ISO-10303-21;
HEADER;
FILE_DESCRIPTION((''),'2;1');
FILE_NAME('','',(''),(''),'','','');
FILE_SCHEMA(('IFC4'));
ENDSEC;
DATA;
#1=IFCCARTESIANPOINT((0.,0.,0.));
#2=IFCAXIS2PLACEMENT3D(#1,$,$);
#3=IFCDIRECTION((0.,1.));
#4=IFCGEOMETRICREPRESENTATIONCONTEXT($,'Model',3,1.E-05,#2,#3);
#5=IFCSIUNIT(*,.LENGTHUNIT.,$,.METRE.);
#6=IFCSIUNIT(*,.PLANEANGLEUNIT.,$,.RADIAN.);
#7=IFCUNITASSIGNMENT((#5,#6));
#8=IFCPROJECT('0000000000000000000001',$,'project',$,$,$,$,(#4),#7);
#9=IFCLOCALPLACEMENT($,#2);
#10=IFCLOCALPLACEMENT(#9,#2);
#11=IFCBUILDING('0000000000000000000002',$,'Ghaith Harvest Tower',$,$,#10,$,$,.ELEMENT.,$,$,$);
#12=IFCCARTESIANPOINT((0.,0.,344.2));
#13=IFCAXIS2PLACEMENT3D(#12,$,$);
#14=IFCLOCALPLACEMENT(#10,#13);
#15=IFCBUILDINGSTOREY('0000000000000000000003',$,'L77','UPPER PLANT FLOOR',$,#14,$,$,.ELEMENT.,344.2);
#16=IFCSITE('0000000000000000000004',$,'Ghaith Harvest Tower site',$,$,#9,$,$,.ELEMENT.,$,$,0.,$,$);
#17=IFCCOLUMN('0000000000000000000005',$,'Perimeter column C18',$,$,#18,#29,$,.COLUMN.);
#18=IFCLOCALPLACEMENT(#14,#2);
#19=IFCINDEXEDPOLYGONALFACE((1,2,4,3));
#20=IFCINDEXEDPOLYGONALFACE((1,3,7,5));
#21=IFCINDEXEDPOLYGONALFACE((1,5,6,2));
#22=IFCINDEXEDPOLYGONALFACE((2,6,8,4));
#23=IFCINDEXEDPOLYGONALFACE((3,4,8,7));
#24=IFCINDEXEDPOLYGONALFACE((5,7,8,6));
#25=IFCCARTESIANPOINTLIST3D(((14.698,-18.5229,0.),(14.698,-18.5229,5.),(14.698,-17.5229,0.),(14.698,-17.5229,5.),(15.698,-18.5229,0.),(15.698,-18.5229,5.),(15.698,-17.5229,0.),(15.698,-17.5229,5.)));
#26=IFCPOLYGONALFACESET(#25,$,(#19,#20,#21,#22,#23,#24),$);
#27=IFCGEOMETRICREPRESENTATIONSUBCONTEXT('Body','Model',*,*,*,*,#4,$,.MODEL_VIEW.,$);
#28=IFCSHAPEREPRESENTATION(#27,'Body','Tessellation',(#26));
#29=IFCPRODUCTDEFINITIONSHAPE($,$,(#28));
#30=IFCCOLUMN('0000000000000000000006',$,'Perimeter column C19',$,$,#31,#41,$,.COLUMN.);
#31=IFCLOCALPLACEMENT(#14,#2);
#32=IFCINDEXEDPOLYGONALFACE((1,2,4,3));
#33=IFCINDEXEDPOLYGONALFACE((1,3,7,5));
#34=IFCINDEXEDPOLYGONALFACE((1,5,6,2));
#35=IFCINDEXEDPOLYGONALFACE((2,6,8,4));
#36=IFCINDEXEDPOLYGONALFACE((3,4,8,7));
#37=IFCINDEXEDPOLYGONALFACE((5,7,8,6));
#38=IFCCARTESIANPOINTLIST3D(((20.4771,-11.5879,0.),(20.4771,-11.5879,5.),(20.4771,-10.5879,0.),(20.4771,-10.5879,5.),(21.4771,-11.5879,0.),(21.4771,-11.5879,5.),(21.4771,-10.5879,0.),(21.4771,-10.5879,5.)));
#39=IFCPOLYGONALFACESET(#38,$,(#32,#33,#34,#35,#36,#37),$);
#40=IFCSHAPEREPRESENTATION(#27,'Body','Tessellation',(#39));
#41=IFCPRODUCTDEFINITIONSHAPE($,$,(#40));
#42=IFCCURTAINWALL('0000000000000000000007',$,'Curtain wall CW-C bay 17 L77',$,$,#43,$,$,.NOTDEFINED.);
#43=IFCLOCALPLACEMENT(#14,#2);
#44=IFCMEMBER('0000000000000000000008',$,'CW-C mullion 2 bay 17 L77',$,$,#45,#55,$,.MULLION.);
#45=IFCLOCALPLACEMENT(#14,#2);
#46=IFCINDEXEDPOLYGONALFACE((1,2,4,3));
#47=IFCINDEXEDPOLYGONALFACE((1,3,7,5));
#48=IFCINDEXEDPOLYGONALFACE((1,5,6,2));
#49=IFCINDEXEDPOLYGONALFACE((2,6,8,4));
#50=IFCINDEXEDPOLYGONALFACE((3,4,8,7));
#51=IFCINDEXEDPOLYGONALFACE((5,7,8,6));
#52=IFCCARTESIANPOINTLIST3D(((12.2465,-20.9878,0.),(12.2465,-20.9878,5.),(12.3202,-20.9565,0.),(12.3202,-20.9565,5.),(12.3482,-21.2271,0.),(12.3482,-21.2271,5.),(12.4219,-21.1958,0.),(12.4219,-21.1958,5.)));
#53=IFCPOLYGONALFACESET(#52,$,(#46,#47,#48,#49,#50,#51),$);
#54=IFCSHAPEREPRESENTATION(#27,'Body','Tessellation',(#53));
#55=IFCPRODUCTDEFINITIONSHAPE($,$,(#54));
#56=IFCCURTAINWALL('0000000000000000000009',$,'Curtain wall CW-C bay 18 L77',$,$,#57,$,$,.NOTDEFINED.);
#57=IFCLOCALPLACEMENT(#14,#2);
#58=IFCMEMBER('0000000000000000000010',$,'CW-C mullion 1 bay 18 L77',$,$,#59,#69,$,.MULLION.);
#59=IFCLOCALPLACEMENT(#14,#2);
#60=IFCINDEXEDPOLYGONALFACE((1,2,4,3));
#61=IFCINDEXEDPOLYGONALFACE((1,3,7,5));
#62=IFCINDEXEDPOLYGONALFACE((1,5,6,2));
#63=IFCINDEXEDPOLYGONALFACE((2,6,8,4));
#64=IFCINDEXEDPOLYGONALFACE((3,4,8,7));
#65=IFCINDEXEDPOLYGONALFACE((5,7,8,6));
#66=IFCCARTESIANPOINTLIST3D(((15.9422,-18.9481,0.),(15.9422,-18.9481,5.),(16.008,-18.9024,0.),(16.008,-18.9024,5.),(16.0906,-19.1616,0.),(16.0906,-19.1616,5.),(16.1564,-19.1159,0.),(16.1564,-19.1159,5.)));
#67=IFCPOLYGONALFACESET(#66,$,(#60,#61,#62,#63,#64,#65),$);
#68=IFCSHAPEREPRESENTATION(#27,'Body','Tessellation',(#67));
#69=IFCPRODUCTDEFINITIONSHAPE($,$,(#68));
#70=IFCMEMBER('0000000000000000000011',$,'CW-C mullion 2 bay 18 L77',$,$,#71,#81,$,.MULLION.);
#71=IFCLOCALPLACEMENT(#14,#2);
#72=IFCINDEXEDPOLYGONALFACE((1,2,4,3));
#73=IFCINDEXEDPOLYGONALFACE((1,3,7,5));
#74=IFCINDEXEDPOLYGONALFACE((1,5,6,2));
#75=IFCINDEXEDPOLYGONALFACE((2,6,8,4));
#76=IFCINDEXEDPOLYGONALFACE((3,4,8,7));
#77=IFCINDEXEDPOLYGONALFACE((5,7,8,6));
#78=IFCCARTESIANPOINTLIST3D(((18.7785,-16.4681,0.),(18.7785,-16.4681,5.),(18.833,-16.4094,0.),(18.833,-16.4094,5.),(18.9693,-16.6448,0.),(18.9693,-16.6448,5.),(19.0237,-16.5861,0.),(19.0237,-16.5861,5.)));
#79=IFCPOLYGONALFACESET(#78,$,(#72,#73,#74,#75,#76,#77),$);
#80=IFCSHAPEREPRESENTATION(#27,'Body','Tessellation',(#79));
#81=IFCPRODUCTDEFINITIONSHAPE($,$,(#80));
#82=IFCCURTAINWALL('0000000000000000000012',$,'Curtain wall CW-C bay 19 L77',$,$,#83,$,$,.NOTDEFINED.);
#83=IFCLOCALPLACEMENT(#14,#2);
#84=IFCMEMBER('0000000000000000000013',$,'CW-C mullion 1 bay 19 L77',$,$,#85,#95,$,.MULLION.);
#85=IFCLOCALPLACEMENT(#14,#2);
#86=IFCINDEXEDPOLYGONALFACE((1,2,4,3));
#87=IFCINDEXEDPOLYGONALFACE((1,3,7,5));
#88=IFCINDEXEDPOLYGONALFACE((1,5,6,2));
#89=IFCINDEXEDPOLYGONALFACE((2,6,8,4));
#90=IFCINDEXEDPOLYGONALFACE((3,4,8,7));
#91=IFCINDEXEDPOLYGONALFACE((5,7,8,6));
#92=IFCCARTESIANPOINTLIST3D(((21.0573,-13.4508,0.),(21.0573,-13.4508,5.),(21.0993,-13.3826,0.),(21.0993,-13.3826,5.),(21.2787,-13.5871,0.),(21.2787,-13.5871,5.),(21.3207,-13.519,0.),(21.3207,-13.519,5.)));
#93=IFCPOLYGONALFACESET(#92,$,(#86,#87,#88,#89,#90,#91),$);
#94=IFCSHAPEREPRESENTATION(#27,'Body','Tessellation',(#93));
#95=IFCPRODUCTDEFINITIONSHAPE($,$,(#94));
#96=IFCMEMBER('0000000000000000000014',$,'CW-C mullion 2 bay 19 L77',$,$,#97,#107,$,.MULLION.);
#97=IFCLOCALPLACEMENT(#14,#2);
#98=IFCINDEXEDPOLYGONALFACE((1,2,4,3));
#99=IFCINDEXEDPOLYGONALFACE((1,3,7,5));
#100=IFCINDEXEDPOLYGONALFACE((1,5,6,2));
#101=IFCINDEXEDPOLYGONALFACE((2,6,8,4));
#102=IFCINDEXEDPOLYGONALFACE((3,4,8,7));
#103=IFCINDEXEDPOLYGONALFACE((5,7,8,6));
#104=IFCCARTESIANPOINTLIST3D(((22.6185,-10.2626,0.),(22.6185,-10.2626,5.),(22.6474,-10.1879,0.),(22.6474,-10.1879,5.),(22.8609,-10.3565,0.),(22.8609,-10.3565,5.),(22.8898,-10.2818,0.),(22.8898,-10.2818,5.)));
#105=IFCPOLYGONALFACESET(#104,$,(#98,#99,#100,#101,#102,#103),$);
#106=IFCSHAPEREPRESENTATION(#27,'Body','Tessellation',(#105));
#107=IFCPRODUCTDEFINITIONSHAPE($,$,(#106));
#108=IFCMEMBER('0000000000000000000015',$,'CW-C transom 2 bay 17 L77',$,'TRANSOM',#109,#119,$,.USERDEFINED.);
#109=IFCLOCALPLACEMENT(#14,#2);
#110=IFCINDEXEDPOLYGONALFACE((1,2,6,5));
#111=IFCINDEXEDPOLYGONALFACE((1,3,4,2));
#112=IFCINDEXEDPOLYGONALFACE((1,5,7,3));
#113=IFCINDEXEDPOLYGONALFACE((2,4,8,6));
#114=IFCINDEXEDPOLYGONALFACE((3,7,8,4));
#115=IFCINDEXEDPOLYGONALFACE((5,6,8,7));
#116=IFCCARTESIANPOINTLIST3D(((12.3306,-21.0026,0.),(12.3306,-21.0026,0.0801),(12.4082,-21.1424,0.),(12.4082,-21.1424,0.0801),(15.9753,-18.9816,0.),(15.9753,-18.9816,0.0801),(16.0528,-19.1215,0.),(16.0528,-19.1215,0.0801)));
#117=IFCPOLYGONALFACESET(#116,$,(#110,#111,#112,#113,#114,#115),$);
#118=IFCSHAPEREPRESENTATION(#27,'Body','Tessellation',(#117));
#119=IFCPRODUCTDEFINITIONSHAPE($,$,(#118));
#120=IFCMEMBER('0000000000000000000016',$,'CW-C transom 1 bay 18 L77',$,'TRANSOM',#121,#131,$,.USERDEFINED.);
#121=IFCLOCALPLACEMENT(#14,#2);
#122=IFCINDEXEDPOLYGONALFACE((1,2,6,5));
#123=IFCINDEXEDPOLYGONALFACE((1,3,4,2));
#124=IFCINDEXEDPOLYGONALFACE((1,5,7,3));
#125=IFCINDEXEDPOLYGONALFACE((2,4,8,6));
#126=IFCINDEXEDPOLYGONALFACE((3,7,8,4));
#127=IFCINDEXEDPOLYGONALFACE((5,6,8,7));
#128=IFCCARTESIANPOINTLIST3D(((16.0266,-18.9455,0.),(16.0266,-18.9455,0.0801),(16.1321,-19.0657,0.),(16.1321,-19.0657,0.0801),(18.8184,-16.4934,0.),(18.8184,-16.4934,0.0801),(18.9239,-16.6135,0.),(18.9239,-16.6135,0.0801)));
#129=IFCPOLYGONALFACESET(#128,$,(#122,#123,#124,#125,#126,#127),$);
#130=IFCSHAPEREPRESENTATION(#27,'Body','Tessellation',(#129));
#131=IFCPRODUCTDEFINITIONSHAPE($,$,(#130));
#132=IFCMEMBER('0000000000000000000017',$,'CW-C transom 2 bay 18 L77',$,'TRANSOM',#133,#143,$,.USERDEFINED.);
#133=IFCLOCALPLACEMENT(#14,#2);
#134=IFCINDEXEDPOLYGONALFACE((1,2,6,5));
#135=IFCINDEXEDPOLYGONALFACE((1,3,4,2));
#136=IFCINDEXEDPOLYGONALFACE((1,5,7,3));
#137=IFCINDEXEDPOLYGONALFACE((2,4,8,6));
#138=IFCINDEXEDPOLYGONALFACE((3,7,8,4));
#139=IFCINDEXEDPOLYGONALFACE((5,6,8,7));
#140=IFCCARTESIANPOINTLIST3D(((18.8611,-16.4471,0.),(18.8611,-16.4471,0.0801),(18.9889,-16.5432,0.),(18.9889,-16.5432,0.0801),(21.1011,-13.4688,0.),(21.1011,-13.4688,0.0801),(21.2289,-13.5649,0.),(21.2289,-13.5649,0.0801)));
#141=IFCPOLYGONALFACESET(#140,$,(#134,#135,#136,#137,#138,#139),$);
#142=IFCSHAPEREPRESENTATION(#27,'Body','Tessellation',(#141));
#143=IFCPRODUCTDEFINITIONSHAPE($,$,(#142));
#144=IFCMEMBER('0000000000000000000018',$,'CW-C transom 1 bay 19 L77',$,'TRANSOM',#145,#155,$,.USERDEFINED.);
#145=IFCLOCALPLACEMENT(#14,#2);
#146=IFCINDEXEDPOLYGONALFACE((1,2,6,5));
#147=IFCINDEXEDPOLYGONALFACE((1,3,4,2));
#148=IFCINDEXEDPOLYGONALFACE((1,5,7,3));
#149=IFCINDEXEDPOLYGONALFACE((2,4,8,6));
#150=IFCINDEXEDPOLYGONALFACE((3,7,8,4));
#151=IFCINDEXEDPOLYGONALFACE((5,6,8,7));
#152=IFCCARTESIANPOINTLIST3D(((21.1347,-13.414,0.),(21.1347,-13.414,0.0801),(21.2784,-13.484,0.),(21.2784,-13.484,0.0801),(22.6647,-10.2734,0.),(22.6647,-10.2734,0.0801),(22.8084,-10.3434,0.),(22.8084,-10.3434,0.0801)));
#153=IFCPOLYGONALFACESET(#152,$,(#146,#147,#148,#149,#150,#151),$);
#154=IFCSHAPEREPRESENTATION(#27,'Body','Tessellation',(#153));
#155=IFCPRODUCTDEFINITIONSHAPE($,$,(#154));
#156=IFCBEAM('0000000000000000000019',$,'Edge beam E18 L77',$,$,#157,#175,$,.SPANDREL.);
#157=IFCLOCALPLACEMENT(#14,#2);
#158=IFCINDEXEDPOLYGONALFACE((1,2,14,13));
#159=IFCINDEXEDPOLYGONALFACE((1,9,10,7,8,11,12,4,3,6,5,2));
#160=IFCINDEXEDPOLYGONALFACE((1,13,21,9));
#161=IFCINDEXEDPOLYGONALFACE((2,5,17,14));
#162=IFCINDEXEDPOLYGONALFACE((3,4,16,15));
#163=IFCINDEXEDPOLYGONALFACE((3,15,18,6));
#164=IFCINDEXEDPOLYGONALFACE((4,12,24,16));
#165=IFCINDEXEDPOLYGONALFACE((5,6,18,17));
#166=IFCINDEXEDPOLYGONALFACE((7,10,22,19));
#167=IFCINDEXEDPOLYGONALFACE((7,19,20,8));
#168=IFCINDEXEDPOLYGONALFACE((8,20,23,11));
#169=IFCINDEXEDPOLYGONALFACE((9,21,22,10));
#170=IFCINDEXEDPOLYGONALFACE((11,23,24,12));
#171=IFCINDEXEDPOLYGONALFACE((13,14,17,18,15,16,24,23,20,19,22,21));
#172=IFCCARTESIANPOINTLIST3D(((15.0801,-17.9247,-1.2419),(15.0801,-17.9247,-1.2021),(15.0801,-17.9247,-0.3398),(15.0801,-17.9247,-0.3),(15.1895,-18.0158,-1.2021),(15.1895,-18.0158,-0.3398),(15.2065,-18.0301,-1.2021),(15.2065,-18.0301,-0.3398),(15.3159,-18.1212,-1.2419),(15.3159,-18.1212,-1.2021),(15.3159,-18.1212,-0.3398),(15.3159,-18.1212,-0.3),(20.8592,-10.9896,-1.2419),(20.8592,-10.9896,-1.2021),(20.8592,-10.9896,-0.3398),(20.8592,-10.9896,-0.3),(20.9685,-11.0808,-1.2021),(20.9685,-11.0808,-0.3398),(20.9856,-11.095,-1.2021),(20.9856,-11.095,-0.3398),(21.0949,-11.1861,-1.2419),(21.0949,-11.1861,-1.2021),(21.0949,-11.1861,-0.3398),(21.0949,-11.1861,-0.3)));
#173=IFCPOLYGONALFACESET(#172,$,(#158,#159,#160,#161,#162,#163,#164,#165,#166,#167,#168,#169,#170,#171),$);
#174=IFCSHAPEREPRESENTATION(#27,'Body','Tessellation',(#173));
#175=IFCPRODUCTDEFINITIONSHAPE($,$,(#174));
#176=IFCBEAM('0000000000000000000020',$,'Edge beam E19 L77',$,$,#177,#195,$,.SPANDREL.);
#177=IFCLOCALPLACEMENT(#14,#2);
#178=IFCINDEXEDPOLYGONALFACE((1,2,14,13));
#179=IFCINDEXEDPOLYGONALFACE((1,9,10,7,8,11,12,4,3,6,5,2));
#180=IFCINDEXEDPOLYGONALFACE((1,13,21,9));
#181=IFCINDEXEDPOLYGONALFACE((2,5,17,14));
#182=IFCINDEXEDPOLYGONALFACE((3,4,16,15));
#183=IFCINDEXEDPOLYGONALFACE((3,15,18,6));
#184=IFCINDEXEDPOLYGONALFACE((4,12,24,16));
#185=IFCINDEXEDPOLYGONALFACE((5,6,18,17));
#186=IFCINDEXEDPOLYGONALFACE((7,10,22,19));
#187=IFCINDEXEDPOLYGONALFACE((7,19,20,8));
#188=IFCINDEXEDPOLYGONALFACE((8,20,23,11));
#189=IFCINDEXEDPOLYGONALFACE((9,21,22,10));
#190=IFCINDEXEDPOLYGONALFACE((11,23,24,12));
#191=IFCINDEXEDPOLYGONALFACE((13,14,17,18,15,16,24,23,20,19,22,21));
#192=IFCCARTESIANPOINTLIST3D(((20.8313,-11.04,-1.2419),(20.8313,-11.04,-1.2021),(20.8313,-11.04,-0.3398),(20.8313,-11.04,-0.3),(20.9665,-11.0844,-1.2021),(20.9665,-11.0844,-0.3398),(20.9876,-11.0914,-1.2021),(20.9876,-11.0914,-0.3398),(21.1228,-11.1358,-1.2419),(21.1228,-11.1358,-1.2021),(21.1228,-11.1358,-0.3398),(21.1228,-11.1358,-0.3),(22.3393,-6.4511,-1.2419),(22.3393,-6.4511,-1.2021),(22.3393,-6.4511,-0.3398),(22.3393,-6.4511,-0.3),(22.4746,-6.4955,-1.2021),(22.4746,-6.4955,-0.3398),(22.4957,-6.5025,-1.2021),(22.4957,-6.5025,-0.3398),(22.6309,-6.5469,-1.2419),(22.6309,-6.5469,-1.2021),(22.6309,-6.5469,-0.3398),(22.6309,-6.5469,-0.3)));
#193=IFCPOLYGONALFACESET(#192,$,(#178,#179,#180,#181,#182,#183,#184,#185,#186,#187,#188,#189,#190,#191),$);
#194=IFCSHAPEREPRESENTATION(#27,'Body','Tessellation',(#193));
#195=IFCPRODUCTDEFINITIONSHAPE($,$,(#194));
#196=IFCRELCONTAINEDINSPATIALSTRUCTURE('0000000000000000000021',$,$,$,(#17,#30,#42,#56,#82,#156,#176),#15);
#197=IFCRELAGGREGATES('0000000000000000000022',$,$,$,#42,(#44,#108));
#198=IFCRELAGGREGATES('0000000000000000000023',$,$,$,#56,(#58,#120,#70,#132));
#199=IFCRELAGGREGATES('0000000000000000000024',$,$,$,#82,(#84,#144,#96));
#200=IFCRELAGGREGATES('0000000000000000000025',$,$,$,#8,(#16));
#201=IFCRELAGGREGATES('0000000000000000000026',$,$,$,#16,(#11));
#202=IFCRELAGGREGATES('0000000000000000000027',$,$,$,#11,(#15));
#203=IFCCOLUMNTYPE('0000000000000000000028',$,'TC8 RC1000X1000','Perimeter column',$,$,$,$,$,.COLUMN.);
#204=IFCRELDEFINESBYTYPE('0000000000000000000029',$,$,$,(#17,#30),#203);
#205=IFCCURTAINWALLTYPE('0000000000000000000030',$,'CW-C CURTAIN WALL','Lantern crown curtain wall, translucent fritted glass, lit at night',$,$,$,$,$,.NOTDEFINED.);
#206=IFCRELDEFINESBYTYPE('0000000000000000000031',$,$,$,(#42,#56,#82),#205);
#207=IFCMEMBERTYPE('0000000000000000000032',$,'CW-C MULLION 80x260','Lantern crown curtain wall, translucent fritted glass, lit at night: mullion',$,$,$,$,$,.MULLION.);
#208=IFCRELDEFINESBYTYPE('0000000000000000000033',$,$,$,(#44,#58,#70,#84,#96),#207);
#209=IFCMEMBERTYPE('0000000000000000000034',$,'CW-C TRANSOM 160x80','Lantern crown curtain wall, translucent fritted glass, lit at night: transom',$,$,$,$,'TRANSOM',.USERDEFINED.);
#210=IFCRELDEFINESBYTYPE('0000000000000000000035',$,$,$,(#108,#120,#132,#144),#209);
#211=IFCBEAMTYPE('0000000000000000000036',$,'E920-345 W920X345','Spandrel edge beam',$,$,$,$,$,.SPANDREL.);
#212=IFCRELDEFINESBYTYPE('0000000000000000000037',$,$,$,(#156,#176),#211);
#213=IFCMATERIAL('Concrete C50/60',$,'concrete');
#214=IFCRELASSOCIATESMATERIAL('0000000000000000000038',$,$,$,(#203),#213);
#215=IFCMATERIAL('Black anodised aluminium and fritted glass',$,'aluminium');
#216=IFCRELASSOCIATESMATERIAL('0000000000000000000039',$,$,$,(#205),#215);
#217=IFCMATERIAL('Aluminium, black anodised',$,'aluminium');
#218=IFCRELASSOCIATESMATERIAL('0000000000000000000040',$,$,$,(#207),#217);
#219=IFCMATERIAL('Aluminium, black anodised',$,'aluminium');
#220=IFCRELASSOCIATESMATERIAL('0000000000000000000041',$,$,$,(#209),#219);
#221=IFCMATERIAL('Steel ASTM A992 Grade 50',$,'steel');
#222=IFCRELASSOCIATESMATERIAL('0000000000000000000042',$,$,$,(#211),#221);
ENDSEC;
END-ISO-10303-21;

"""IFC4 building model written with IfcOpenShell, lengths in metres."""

from ifc_helpers import new_model, si_unit, direction, frame, origin, origin_2d, place, context, subcontext, project, spatial, rectangle, i_section, extrude, material, material_profile, profile_set, type_object, element, aggregate, save


model = new_model("IFC4")

# Units and contexts
model_context = context("Model", 3, precision=1e-05, world=origin(), true_north=direction((0.0, 1.0)))
body_context = subcontext(model_context, "Body", "Model", "MODEL_VIEW")
ifc_project = project(units=[si_unit("LENGTHUNIT", "METRE"), si_unit("PLANEANGLEUNIT", "RADIAN")], contexts=[model_context])

# Site, building, storey
site_placement = place(None, origin())
site = spatial("IfcSite", under=ifc_project, at=site_placement, Name="Ghaith Harvest Tower site", CompositionType="ELEMENT", RefElevation=0.0)
building_placement = place(site_placement, origin())
building = spatial("IfcBuilding", under=site, at=building_placement, Name="Ghaith Harvest Tower", CompositionType="ELEMENT")
storey_placement = place(building_placement, frame((0.0, 0.0, 344.2)))
storey = spatial("IfcBuildingStorey", under=building, at=storey_placement, Name="L77", Description="UPPER PLANT FLOOR", CompositionType="ELEMENT", Elevation=344.2)

# Columns
ifc_material_1 = material(Name="Concrete C50/60", Category="concrete")
ifc_material_profile_1 = material_profile(ifc_material_1, rectangle(XDim=1.0, YDim=1.0, at=origin_2d()), Name="RC1000X1000")
ifc_profile_set_1 = profile_set([ifc_material_profile_1], Name="Concrete C50/60")
column_type = type_object("IfcColumnType", Name="TC8 RC1000X1000", Description="Perimeter column", PredefinedType="COLUMN", material=ifc_profile_set_1)
for number, where, z_axis, x_axis, name in (
    (1, (15.198, -18.0229, 0.0), (0.0, 0.0, 1.0), (1.0, 0.0, 0.0), "Perimeter column C18"),
    (2, (20.9771, -11.0879, 0.0), (0.0, 0.0, 1.0), (1.0, 0.0, 0.0), "Perimeter column C19"),
):
    element("IfcColumn", number, at=place(storey_placement, frame(where, z_axis=z_axis, x_axis=x_axis)), inside=storey, type_object=column_type, Name=name, PredefinedType="COLUMN", context=body_context, shape_type="SweptSolid", body=[
        extrude(rectangle(XDim=1.0, YDim=1.0, at=origin_2d()), origin(), (0.0, 0.0, 1.0), 5.0),
    ])

# Curtain wall, member
ifc_material_2 = material(Name="Black anodised aluminium and fritted glass", Category="aluminium")
curtain_wall_type = type_object("IfcCurtainWallType", Name="CW-C CURTAIN WALL", Description="Lantern crown curtain wall, translucent fritted glass, lit at night", PredefinedType="NOTDEFINED", material=ifc_material_2)
curtain_wall_1_placement = place(storey_placement, origin())
curtain_wall_1 = element("IfcCurtainWall", 3, at=curtain_wall_1_placement, inside=storey, type_object=curtain_wall_type, Name="Curtain wall CW-C bay 17 L77", PredefinedType="NOTDEFINED")
ifc_material_3 = material(Name="Aluminium, black anodised", Category="aluminium")
ifc_material_profile_2 = material_profile(ifc_material_3, rectangle(XDim=0.0801, YDim=0.26, at=origin_2d()), Name="CW-C MULLION 80x260")
ifc_profile_set_2 = profile_set([ifc_material_profile_2], Name="Aluminium, black anodised")
member_type_1 = type_object("IfcMemberType", Name="CW-C MULLION 80x260", Description="Lantern crown curtain wall, translucent fritted glass, lit at night: mullion", PredefinedType="MULLION", material=ifc_profile_set_2)
member_1_placement = place(storey_placement, frame((12.3342, -21.0918, 0.0), z_axis=(0.0, 0.0, 1.0), x_axis=(0.920319, 0.391168, 0.0)))
member_1 = element("IfcMember", 4, at=member_1_placement, type_object=member_type_1, Name="CW-C mullion 2 bay 17 L77", PredefinedType="MULLION", context=body_context, shape_type="SweptSolid", body=[
    extrude(rectangle(XDim=0.0801, YDim=0.26, at=origin_2d()), origin(), (0.0, 0.0, 1.0), 5.0),
])

# Curtain walls, members
curtain_wall_2_placement = place(storey_placement, origin())
curtain_wall_2 = element("IfcCurtainWall", 5, at=curtain_wall_2_placement, inside=storey, type_object=curtain_wall_type, Name="Curtain wall CW-C bay 18 L77", PredefinedType="NOTDEFINED")
member_2_placement = place(storey_placement, frame((16.0493, -19.032, 0.0), z_axis=(0.0, 0.0, 1.0), x_axis=(0.821112, 0.570767, 0.0)))
member_2 = element("IfcMember", 6, at=member_2_placement, type_object=member_type_1, Name="CW-C mullion 1 bay 18 L77", PredefinedType="MULLION", context=body_context, shape_type="SweptSolid", body=[
    extrude(rectangle(XDim=0.0801, YDim=0.26, at=origin_2d()), origin(), (0.0, 0.0, 1.0), 5.0),
])
member_3_placement = place(storey_placement, frame((18.9011, -16.5271, 0.0), z_axis=(0.0, 0.0, 1.0), x_axis=(0.679661, 0.733526, 0.0)))
member_3 = element("IfcMember", 7, at=member_3_placement, type_object=member_type_1, Name="CW-C mullion 2 bay 18 L77", PredefinedType="MULLION", context=body_context, shape_type="SweptSolid", body=[
    extrude(rectangle(XDim=0.0801, YDim=0.26, at=origin_2d()), origin(), (0.0, 0.0, 1.0), 5.0),
])
curtain_wall_3_placement = place(storey_placement, origin())
curtain_wall_3 = element("IfcCurtainWall", 8, at=curtain_wall_3_placement, inside=storey, type_object=curtain_wall_type, Name="Curtain wall CW-C bay 19 L77", PredefinedType="NOTDEFINED")
member_4_placement = place(storey_placement, frame((21.189, -13.4849, 0.0), z_axis=(0.0, 0.0, 1.0), x_axis=(0.524482, 0.851421, 0.0)))
member_4 = element("IfcMember", 9, at=member_4_placement, type_object=member_type_1, Name="CW-C mullion 1 bay 19 L77", PredefinedType="MULLION", context=body_context, shape_type="SweptSolid", body=[
    extrude(rectangle(XDim=0.0801, YDim=0.26, at=origin_2d()), origin(), (0.0, 0.0, 1.0), 5.0),
])
member_5_placement = place(storey_placement, frame((22.7542, -10.2722, 0.0), z_axis=(0.0, 0.0, 1.0), x_axis=(0.361184, 0.932494, 0.0)))
member_5 = element("IfcMember", 10, at=member_5_placement, type_object=member_type_1, Name="CW-C mullion 2 bay 19 L77", PredefinedType="MULLION", context=body_context, shape_type="SweptSolid", body=[
    extrude(rectangle(XDim=0.0801, YDim=0.26, at=origin_2d()), origin(), (0.0, 0.0, 1.0), 5.0),
])

# Members
ifc_material_4 = material(Name="Aluminium, black anodised", Category="aluminium")
ifc_material_profile_3 = material_profile(ifc_material_4, rectangle(XDim=0.1599, YDim=0.0801, at=origin_2d()), Name="CW-C TRANSOM 160x80")
ifc_profile_set_3 = profile_set([ifc_material_profile_3], Name="Aluminium, black anodised")
member_type_2 = type_object("IfcMemberType", Name="CW-C TRANSOM 160x80", Description="Lantern crown curtain wall, translucent fritted glass, lit at night: transom", ElementType="TRANSOM", PredefinedType="USERDEFINED", material=ifc_profile_set_3)
member_6_placement = place(storey_placement, frame((12.3694, -21.0725, 0.04), z_axis=(0.874552, 0.484932, 0.0), x_axis=(-0.484932, 0.874552, 0.0)))
member_6 = element("IfcMember", 11, at=member_6_placement, type_object=member_type_2, Name="CW-C transom 2 bay 17 L77", ObjectType="TRANSOM", PredefinedType="USERDEFINED", context=body_context, shape_type="SweptSolid", body=[
    extrude(rectangle(XDim=0.1599, YDim=0.0801, at=origin_2d()), origin(), (0.0, 0.0, 1.0), 4.1675),
])
member_7_placement = place(storey_placement, frame((16.0793, -19.0056, 0.04), z_axis=(0.751326, 0.659931, 0.0), x_axis=(-0.659931, 0.751326, 0.0)))
member_7 = element("IfcMember", 12, at=member_7_placement, type_object=member_type_2, Name="CW-C transom 1 bay 18 L77", ObjectType="TRANSOM", PredefinedType="USERDEFINED", context=body_context, shape_type="SweptSolid", body=[
    extrude(rectangle(XDim=0.1599, YDim=0.0801, at=origin_2d()), origin(), (0.0, 0.0, 1.0), 3.7158),
])
member_8_placement = place(storey_placement, frame((18.925, -16.4951, 0.04), z_axis=(0.601079, 0.79919, 0.0), x_axis=(-0.79919, 0.601079, 0.0)))
member_8 = element("IfcMember", 13, at=member_8_placement, type_object=member_type_2, Name="CW-C transom 2 bay 18 L77", ObjectType="TRANSOM", PredefinedType="USERDEFINED", context=body_context, shape_type="SweptSolid", body=[
    extrude(rectangle(XDim=0.1599, YDim=0.0801, at=origin_2d()), origin(), (0.0, 0.0, 1.0), 3.7266),
])
member_9_placement = place(storey_placement, frame((21.2065, -13.449, 0.04), z_axis=(0.437965, 0.898992, 0.0), x_axis=(-0.898992, 0.437965, 0.0)))
member_9 = element("IfcMember", 14, at=member_9_placement, type_object=member_type_2, Name="CW-C transom 1 bay 19 L77", ObjectType="TRANSOM", PredefinedType="USERDEFINED", context=body_context, shape_type="SweptSolid", body=[
    extrude(rectangle(XDim=0.1599, YDim=0.0801, at=origin_2d()), origin(), (0.0, 0.0, 1.0), 3.4934),
])

# Beams
ifc_material_5 = material(Name="Steel ASTM A992 Grade 50", Category="steel")
ifc_material_profile_4 = material_profile(ifc_material_5, i_section(OverallWidth=0.3069, OverallDepth=0.9419, WebThickness=0.0222, FlangeThickness=0.0398, at=origin_2d()), Name="W920X345")
ifc_profile_set_4 = profile_set([ifc_material_profile_4], Name="Steel ASTM A992 Grade 50")
beam_type = type_object("IfcBeamType", Name="E920-345 W920X345", Description="Spandrel edge beam", PredefinedType="SPANDREL", material=ifc_profile_set_4)
beam_1_placement = place(storey_placement, frame((15.198, -18.0229, -0.771), z_axis=(0.640174, 0.76823, 0.0), x_axis=(-0.76823, 0.640174, 0.0)))
element("IfcBeam", 15, at=beam_1_placement, inside=storey, type_object=beam_type, Name="Edge beam E18 L77", PredefinedType="SPANDREL", context=body_context, shape_type="SweptSolid", body=[
    extrude(i_section(OverallWidth=0.3069, OverallDepth=0.9419, WebThickness=0.0222, FlangeThickness=0.0398, at=origin_2d()), origin(), (0.0, 0.0, 1.0), 9.0273),
])
beam_2_placement = place(storey_placement, frame((20.9771, -11.0879, -0.771), z_axis=(0.312207, 0.950014, 0.0), x_axis=(-0.950014, 0.312207, 0.0)))
element("IfcBeam", 16, at=beam_2_placement, inside=storey, type_object=beam_type, Name="Edge beam E19 L77", PredefinedType="SPANDREL", context=body_context, shape_type="SweptSolid", body=[
    extrude(i_section(OverallWidth=0.3069, OverallDepth=0.9419, WebThickness=0.0222, FlangeThickness=0.0398, at=origin_2d()), origin(), (0.0, 0.0, 1.0), 4.8303),
])

aggregate(curtain_wall_1, [member_1, member_6])
aggregate(curtain_wall_2, [member_2, member_7, member_3, member_8])
aggregate(curtain_wall_3, [member_4, member_9, member_5])

save(model, "model.ifc")
